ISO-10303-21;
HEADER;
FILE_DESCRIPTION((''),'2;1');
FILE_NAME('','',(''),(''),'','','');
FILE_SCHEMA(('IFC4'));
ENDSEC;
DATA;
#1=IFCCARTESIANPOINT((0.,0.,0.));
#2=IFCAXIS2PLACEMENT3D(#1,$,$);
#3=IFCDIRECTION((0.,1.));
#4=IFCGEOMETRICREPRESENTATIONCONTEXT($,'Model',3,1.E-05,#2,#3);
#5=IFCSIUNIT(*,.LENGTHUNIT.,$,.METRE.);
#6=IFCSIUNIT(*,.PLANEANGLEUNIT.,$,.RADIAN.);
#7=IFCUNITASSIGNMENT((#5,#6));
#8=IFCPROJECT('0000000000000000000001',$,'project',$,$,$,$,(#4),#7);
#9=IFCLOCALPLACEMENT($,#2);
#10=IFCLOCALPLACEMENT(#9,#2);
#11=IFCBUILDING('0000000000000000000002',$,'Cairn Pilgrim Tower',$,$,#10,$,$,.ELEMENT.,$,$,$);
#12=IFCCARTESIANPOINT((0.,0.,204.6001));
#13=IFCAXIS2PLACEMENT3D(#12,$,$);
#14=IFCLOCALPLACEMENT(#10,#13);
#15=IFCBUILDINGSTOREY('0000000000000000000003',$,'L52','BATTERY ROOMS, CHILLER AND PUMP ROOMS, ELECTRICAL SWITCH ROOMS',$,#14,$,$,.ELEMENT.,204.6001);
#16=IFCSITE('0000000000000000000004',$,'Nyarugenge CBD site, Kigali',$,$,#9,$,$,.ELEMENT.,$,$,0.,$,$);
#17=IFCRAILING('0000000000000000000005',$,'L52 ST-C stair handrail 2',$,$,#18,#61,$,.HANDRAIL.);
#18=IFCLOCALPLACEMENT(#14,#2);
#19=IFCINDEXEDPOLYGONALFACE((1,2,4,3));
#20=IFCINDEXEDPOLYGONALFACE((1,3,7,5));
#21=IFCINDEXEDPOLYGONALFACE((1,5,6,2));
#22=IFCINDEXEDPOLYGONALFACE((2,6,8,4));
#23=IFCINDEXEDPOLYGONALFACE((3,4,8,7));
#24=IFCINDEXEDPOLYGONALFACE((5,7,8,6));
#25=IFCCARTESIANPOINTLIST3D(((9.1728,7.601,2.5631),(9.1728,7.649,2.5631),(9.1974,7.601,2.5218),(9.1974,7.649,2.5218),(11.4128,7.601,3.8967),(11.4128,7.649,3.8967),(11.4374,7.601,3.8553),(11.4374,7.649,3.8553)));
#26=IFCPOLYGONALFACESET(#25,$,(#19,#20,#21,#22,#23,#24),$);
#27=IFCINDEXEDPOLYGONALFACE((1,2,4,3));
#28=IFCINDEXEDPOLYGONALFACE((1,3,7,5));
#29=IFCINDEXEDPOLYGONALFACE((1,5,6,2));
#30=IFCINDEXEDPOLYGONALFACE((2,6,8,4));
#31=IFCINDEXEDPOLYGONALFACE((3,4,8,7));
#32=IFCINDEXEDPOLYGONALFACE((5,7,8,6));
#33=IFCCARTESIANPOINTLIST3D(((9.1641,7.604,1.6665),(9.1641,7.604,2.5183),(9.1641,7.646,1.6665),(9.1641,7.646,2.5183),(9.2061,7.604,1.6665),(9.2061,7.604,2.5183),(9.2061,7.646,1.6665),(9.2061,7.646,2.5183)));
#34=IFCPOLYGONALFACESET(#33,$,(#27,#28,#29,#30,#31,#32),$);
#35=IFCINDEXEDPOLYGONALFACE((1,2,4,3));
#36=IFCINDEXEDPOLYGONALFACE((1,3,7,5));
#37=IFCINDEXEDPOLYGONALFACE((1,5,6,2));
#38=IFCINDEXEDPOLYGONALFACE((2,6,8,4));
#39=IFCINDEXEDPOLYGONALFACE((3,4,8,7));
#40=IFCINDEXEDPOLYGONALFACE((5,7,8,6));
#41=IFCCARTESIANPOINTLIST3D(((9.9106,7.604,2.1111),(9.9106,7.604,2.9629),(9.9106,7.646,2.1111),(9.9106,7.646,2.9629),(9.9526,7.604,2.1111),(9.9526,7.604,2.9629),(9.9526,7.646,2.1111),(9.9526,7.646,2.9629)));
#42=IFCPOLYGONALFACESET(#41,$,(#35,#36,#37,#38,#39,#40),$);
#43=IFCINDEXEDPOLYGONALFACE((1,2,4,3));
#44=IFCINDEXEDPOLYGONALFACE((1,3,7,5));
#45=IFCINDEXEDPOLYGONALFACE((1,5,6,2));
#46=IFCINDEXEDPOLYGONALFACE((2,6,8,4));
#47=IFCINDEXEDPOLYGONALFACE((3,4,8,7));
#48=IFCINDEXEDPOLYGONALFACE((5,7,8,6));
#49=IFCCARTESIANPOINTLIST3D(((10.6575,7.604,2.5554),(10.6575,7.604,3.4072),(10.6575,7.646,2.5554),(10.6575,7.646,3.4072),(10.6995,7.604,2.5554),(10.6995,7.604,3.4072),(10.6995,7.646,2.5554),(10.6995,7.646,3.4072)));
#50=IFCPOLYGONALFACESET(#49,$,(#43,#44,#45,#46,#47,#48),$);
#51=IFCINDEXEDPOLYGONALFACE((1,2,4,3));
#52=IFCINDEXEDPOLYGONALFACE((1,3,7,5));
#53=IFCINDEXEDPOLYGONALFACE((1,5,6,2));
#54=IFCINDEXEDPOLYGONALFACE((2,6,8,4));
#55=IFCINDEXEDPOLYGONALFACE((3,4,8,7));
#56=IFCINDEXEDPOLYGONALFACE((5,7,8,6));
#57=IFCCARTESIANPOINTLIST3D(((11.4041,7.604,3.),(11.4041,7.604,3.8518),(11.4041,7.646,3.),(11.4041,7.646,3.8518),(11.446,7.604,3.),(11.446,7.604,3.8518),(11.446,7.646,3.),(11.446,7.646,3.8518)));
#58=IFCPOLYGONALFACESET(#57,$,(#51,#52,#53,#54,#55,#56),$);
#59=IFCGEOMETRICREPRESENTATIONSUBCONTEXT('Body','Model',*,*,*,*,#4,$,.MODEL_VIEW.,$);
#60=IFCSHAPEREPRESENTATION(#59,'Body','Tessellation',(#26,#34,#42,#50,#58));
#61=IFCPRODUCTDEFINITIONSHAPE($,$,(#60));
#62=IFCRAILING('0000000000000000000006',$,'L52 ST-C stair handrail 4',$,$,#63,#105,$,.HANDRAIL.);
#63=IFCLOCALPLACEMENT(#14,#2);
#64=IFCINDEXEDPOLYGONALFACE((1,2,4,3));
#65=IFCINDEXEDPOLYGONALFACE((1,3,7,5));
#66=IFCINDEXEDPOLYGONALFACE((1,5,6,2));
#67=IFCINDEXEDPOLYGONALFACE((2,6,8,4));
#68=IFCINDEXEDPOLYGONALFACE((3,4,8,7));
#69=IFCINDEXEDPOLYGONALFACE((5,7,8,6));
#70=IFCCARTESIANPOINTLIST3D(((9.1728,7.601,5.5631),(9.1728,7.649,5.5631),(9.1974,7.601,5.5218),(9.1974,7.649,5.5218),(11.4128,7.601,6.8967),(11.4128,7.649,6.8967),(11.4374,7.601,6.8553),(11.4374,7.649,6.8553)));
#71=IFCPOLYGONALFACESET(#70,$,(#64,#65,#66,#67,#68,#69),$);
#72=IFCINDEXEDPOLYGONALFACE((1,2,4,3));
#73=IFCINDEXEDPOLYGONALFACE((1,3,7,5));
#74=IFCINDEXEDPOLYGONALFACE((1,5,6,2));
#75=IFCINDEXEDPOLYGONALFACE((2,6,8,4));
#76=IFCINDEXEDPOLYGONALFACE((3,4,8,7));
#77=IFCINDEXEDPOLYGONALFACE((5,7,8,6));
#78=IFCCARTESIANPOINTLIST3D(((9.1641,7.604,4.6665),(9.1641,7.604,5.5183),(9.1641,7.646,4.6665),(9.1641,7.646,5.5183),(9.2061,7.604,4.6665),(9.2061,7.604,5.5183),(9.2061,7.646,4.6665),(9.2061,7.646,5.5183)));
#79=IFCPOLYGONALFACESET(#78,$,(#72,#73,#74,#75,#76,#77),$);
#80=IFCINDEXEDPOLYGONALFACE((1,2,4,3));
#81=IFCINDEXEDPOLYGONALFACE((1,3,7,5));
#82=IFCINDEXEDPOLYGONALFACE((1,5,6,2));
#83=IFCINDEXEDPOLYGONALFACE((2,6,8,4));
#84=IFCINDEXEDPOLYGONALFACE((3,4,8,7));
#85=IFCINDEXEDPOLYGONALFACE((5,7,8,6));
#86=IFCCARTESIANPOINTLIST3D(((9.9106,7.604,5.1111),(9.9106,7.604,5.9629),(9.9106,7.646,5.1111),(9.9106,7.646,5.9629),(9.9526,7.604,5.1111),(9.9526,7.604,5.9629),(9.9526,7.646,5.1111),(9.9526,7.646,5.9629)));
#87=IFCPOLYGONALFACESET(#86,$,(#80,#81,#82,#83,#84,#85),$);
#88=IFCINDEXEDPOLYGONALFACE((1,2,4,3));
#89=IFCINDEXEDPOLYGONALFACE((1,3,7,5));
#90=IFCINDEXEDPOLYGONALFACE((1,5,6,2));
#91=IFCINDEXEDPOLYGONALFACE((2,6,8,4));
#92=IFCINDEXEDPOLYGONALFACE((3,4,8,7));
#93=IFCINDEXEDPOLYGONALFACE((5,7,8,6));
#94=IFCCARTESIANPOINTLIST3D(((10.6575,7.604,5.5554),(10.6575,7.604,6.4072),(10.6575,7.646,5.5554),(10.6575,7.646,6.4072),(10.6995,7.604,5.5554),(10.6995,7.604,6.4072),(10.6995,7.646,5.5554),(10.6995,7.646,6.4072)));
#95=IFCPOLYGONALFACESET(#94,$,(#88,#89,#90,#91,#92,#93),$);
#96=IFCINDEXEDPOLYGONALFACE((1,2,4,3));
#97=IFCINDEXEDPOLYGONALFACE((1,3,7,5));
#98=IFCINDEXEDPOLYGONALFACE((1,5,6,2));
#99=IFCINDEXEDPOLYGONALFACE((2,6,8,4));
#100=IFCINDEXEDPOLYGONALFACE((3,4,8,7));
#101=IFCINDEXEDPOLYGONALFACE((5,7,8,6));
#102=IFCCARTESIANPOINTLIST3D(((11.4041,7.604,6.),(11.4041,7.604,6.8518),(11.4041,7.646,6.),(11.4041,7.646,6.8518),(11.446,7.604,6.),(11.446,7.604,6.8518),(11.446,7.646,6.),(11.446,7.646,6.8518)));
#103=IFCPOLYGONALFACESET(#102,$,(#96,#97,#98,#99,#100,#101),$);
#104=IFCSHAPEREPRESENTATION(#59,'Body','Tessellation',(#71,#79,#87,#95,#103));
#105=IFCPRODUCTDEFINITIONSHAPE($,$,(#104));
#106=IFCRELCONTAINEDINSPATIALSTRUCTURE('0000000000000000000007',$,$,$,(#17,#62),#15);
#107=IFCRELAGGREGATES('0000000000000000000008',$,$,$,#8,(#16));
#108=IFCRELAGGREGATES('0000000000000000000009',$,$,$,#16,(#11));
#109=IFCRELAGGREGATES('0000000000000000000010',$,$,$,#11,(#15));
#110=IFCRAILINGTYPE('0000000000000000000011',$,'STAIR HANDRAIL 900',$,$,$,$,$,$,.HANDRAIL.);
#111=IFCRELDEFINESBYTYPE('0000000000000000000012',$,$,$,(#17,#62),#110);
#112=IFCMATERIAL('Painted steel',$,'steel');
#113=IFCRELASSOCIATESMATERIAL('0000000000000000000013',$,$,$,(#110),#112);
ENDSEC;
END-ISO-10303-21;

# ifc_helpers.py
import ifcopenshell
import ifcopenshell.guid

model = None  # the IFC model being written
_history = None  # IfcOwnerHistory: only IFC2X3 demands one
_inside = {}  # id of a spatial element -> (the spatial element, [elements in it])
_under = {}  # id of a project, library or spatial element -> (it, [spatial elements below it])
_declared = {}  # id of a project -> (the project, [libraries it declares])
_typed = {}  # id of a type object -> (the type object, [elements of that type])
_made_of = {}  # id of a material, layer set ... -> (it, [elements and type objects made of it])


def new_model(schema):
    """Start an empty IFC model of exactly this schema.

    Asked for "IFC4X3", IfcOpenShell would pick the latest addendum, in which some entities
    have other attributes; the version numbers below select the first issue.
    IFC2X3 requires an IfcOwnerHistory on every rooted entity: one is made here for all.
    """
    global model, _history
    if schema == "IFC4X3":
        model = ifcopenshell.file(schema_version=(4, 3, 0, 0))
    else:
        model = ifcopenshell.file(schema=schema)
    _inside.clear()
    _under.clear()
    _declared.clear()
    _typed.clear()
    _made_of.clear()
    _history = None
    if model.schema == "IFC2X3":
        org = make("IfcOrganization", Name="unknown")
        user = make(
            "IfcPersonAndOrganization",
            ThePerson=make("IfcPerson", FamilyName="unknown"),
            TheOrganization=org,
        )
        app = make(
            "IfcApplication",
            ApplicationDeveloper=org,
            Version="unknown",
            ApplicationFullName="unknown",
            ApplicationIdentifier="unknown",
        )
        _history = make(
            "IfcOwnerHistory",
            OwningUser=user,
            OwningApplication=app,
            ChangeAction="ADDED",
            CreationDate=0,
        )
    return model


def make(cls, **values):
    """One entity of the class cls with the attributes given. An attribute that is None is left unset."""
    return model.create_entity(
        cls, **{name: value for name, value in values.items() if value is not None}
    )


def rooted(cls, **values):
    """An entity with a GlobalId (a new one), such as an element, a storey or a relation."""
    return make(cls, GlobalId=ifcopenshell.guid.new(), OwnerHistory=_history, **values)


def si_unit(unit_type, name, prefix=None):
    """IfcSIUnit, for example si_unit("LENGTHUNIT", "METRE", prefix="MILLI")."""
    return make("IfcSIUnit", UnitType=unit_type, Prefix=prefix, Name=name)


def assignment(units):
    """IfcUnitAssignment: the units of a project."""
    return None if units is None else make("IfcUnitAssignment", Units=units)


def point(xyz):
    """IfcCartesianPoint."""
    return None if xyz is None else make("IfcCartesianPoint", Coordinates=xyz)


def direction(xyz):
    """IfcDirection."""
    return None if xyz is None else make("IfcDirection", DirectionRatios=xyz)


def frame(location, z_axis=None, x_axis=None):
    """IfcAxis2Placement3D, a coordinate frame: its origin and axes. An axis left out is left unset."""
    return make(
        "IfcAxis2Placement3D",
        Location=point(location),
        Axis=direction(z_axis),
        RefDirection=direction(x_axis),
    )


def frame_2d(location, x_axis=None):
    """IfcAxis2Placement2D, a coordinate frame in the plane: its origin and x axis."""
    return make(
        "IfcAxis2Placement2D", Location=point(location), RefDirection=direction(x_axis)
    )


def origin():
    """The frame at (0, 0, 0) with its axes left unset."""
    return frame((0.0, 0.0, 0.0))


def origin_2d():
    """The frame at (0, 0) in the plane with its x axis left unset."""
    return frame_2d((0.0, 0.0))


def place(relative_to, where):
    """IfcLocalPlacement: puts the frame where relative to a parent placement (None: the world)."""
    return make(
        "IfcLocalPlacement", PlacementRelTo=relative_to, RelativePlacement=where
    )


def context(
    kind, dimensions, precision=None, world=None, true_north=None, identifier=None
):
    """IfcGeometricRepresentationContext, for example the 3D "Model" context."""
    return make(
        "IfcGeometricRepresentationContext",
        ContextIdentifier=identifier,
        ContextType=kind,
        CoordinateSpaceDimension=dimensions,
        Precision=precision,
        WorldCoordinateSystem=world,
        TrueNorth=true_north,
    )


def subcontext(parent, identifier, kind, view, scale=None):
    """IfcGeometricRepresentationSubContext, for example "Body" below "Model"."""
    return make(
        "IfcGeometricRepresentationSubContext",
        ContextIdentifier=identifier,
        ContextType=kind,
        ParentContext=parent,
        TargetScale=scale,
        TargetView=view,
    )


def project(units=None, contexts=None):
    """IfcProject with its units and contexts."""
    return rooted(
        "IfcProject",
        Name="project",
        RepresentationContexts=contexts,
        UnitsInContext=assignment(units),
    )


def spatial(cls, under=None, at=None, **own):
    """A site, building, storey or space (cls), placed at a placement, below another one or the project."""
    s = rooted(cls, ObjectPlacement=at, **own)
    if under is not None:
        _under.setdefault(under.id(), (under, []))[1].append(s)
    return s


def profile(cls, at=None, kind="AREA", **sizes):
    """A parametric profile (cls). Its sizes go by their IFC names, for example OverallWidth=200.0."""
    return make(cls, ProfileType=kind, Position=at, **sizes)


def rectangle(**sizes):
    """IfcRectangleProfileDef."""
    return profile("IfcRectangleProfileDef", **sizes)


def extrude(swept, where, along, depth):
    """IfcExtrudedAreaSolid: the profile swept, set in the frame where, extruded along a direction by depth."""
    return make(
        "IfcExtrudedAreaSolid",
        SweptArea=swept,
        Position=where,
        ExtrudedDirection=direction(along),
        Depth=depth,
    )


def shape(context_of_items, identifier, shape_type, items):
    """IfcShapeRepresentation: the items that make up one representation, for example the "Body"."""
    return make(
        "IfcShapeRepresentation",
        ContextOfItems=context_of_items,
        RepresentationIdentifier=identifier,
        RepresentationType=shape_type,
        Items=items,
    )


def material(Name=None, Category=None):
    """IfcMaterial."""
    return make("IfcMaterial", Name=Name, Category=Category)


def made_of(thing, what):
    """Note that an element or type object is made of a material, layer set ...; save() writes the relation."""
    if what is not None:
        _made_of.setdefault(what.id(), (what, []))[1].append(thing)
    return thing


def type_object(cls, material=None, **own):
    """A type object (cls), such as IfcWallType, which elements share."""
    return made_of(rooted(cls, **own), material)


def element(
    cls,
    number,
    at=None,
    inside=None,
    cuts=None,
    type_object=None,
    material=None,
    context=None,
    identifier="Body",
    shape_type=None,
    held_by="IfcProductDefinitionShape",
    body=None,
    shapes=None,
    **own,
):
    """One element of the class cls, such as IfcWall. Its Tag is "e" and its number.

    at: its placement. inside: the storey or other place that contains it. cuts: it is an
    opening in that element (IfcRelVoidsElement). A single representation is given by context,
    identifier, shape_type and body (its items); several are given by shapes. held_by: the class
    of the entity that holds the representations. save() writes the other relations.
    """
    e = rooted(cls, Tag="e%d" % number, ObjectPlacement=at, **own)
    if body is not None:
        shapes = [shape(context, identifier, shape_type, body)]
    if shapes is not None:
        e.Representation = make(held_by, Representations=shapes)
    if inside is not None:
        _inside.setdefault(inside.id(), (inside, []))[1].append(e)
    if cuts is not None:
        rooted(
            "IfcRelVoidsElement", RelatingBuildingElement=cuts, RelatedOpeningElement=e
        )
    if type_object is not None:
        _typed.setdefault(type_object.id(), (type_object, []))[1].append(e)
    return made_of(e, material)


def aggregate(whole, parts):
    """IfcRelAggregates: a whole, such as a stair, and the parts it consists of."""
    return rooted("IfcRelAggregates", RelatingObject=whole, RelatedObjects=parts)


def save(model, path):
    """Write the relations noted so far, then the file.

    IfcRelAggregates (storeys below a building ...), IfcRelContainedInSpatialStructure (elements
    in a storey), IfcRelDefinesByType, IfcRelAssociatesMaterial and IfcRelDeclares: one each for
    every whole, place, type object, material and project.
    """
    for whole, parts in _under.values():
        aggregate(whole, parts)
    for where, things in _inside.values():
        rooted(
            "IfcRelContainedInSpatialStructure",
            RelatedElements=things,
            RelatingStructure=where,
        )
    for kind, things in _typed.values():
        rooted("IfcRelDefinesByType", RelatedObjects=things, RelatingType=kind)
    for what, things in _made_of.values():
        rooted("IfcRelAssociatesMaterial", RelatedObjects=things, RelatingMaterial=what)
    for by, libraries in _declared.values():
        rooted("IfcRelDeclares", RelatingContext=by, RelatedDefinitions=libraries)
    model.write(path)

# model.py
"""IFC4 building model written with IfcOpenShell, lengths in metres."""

from ifc_helpers import new_model, si_unit, direction, frame, origin, origin_2d, place, context, subcontext, project, spatial, rectangle, extrude, material, type_object, element, save


model = new_model("IFC4")

# Units and contexts
model_context = context("Model", 3, precision=1e-05, world=origin(), true_north=direction((0.0, 1.0)))
body_context = subcontext(model_context, "Body", "Model", "MODEL_VIEW")
ifc_project = project(units=[si_unit("LENGTHUNIT", "METRE"), si_unit("PLANEANGLEUNIT", "RADIAN")], contexts=[model_context])

# Site, building, storey
site_placement = place(None, origin())
site = spatial("IfcSite", under=ifc_project, at=site_placement, Name="Nyarugenge CBD site, Kigali", CompositionType="ELEMENT", RefElevation=0.0)
building_placement = place(site_placement, origin())
building = spatial("IfcBuilding", under=site, at=building_placement, Name="Cairn Pilgrim Tower", CompositionType="ELEMENT")
storey_placement = place(building_placement, frame((0.0, 0.0, 204.6001)))
storey = spatial("IfcBuildingStorey", under=building, at=storey_placement, Name="L52", Description="BATTERY ROOMS, CHILLER AND PUMP ROOMS, ELECTRICAL SWITCH ROOMS", CompositionType="ELEMENT", Elevation=204.6001)

# Shared definitions
ifc_material_1 = material(Name="Painted steel", Category="steel")

# Railings
railing_type = type_object("IfcRailingType", Name="STAIR HANDRAIL 900", PredefinedType="HANDRAIL", material=ifc_material_1)
for number, where, name in (
    (1, (9.1851, 7.625, 1.6665), "L52 ST-C stair handrail 2"),
    (2, (9.1851, 7.625, 4.6665), "L52 ST-C stair handrail 4"),
):
    element("IfcRailing", number, at=place(storey_placement, frame(where)), inside=storey, type_object=railing_type, Name=name, PredefinedType="HANDRAIL", context=body_context, shape_type="SweptSolid", body=[
        extrude(rectangle(XDim=0.0481, YDim=0.0481, at=origin_2d()), frame((0.0, 0.0, 0.876), z_axis=(0.859264, 0.0, 0.511532), x_axis=(0.0, 1.0, 0.0)), (0.0, 0.0, 1.0), 2.6069),
        extrude(rectangle(XDim=0.042, YDim=0.042, at=origin_2d()), origin(), (0.0, 0.0, 1.0), 0.8518),
        extrude(rectangle(XDim=0.042, YDim=0.042, at=origin_2d()), frame((0.7466, 0.0, 0.4446)), (0.0, 0.0, 1.0), 0.8518),
        extrude(rectangle(XDim=0.042, YDim=0.042, at=origin_2d()), frame((1.4934, 0.0, 0.8889)), (0.0, 0.0, 1.0), 0.8518),
        extrude(rectangle(XDim=0.042, YDim=0.042, at=origin_2d()), frame((2.24, 0.0, 1.3335)), (0.0, 0.0, 1.0), 0.8518),
    ])

save(model, "model.ifc")
